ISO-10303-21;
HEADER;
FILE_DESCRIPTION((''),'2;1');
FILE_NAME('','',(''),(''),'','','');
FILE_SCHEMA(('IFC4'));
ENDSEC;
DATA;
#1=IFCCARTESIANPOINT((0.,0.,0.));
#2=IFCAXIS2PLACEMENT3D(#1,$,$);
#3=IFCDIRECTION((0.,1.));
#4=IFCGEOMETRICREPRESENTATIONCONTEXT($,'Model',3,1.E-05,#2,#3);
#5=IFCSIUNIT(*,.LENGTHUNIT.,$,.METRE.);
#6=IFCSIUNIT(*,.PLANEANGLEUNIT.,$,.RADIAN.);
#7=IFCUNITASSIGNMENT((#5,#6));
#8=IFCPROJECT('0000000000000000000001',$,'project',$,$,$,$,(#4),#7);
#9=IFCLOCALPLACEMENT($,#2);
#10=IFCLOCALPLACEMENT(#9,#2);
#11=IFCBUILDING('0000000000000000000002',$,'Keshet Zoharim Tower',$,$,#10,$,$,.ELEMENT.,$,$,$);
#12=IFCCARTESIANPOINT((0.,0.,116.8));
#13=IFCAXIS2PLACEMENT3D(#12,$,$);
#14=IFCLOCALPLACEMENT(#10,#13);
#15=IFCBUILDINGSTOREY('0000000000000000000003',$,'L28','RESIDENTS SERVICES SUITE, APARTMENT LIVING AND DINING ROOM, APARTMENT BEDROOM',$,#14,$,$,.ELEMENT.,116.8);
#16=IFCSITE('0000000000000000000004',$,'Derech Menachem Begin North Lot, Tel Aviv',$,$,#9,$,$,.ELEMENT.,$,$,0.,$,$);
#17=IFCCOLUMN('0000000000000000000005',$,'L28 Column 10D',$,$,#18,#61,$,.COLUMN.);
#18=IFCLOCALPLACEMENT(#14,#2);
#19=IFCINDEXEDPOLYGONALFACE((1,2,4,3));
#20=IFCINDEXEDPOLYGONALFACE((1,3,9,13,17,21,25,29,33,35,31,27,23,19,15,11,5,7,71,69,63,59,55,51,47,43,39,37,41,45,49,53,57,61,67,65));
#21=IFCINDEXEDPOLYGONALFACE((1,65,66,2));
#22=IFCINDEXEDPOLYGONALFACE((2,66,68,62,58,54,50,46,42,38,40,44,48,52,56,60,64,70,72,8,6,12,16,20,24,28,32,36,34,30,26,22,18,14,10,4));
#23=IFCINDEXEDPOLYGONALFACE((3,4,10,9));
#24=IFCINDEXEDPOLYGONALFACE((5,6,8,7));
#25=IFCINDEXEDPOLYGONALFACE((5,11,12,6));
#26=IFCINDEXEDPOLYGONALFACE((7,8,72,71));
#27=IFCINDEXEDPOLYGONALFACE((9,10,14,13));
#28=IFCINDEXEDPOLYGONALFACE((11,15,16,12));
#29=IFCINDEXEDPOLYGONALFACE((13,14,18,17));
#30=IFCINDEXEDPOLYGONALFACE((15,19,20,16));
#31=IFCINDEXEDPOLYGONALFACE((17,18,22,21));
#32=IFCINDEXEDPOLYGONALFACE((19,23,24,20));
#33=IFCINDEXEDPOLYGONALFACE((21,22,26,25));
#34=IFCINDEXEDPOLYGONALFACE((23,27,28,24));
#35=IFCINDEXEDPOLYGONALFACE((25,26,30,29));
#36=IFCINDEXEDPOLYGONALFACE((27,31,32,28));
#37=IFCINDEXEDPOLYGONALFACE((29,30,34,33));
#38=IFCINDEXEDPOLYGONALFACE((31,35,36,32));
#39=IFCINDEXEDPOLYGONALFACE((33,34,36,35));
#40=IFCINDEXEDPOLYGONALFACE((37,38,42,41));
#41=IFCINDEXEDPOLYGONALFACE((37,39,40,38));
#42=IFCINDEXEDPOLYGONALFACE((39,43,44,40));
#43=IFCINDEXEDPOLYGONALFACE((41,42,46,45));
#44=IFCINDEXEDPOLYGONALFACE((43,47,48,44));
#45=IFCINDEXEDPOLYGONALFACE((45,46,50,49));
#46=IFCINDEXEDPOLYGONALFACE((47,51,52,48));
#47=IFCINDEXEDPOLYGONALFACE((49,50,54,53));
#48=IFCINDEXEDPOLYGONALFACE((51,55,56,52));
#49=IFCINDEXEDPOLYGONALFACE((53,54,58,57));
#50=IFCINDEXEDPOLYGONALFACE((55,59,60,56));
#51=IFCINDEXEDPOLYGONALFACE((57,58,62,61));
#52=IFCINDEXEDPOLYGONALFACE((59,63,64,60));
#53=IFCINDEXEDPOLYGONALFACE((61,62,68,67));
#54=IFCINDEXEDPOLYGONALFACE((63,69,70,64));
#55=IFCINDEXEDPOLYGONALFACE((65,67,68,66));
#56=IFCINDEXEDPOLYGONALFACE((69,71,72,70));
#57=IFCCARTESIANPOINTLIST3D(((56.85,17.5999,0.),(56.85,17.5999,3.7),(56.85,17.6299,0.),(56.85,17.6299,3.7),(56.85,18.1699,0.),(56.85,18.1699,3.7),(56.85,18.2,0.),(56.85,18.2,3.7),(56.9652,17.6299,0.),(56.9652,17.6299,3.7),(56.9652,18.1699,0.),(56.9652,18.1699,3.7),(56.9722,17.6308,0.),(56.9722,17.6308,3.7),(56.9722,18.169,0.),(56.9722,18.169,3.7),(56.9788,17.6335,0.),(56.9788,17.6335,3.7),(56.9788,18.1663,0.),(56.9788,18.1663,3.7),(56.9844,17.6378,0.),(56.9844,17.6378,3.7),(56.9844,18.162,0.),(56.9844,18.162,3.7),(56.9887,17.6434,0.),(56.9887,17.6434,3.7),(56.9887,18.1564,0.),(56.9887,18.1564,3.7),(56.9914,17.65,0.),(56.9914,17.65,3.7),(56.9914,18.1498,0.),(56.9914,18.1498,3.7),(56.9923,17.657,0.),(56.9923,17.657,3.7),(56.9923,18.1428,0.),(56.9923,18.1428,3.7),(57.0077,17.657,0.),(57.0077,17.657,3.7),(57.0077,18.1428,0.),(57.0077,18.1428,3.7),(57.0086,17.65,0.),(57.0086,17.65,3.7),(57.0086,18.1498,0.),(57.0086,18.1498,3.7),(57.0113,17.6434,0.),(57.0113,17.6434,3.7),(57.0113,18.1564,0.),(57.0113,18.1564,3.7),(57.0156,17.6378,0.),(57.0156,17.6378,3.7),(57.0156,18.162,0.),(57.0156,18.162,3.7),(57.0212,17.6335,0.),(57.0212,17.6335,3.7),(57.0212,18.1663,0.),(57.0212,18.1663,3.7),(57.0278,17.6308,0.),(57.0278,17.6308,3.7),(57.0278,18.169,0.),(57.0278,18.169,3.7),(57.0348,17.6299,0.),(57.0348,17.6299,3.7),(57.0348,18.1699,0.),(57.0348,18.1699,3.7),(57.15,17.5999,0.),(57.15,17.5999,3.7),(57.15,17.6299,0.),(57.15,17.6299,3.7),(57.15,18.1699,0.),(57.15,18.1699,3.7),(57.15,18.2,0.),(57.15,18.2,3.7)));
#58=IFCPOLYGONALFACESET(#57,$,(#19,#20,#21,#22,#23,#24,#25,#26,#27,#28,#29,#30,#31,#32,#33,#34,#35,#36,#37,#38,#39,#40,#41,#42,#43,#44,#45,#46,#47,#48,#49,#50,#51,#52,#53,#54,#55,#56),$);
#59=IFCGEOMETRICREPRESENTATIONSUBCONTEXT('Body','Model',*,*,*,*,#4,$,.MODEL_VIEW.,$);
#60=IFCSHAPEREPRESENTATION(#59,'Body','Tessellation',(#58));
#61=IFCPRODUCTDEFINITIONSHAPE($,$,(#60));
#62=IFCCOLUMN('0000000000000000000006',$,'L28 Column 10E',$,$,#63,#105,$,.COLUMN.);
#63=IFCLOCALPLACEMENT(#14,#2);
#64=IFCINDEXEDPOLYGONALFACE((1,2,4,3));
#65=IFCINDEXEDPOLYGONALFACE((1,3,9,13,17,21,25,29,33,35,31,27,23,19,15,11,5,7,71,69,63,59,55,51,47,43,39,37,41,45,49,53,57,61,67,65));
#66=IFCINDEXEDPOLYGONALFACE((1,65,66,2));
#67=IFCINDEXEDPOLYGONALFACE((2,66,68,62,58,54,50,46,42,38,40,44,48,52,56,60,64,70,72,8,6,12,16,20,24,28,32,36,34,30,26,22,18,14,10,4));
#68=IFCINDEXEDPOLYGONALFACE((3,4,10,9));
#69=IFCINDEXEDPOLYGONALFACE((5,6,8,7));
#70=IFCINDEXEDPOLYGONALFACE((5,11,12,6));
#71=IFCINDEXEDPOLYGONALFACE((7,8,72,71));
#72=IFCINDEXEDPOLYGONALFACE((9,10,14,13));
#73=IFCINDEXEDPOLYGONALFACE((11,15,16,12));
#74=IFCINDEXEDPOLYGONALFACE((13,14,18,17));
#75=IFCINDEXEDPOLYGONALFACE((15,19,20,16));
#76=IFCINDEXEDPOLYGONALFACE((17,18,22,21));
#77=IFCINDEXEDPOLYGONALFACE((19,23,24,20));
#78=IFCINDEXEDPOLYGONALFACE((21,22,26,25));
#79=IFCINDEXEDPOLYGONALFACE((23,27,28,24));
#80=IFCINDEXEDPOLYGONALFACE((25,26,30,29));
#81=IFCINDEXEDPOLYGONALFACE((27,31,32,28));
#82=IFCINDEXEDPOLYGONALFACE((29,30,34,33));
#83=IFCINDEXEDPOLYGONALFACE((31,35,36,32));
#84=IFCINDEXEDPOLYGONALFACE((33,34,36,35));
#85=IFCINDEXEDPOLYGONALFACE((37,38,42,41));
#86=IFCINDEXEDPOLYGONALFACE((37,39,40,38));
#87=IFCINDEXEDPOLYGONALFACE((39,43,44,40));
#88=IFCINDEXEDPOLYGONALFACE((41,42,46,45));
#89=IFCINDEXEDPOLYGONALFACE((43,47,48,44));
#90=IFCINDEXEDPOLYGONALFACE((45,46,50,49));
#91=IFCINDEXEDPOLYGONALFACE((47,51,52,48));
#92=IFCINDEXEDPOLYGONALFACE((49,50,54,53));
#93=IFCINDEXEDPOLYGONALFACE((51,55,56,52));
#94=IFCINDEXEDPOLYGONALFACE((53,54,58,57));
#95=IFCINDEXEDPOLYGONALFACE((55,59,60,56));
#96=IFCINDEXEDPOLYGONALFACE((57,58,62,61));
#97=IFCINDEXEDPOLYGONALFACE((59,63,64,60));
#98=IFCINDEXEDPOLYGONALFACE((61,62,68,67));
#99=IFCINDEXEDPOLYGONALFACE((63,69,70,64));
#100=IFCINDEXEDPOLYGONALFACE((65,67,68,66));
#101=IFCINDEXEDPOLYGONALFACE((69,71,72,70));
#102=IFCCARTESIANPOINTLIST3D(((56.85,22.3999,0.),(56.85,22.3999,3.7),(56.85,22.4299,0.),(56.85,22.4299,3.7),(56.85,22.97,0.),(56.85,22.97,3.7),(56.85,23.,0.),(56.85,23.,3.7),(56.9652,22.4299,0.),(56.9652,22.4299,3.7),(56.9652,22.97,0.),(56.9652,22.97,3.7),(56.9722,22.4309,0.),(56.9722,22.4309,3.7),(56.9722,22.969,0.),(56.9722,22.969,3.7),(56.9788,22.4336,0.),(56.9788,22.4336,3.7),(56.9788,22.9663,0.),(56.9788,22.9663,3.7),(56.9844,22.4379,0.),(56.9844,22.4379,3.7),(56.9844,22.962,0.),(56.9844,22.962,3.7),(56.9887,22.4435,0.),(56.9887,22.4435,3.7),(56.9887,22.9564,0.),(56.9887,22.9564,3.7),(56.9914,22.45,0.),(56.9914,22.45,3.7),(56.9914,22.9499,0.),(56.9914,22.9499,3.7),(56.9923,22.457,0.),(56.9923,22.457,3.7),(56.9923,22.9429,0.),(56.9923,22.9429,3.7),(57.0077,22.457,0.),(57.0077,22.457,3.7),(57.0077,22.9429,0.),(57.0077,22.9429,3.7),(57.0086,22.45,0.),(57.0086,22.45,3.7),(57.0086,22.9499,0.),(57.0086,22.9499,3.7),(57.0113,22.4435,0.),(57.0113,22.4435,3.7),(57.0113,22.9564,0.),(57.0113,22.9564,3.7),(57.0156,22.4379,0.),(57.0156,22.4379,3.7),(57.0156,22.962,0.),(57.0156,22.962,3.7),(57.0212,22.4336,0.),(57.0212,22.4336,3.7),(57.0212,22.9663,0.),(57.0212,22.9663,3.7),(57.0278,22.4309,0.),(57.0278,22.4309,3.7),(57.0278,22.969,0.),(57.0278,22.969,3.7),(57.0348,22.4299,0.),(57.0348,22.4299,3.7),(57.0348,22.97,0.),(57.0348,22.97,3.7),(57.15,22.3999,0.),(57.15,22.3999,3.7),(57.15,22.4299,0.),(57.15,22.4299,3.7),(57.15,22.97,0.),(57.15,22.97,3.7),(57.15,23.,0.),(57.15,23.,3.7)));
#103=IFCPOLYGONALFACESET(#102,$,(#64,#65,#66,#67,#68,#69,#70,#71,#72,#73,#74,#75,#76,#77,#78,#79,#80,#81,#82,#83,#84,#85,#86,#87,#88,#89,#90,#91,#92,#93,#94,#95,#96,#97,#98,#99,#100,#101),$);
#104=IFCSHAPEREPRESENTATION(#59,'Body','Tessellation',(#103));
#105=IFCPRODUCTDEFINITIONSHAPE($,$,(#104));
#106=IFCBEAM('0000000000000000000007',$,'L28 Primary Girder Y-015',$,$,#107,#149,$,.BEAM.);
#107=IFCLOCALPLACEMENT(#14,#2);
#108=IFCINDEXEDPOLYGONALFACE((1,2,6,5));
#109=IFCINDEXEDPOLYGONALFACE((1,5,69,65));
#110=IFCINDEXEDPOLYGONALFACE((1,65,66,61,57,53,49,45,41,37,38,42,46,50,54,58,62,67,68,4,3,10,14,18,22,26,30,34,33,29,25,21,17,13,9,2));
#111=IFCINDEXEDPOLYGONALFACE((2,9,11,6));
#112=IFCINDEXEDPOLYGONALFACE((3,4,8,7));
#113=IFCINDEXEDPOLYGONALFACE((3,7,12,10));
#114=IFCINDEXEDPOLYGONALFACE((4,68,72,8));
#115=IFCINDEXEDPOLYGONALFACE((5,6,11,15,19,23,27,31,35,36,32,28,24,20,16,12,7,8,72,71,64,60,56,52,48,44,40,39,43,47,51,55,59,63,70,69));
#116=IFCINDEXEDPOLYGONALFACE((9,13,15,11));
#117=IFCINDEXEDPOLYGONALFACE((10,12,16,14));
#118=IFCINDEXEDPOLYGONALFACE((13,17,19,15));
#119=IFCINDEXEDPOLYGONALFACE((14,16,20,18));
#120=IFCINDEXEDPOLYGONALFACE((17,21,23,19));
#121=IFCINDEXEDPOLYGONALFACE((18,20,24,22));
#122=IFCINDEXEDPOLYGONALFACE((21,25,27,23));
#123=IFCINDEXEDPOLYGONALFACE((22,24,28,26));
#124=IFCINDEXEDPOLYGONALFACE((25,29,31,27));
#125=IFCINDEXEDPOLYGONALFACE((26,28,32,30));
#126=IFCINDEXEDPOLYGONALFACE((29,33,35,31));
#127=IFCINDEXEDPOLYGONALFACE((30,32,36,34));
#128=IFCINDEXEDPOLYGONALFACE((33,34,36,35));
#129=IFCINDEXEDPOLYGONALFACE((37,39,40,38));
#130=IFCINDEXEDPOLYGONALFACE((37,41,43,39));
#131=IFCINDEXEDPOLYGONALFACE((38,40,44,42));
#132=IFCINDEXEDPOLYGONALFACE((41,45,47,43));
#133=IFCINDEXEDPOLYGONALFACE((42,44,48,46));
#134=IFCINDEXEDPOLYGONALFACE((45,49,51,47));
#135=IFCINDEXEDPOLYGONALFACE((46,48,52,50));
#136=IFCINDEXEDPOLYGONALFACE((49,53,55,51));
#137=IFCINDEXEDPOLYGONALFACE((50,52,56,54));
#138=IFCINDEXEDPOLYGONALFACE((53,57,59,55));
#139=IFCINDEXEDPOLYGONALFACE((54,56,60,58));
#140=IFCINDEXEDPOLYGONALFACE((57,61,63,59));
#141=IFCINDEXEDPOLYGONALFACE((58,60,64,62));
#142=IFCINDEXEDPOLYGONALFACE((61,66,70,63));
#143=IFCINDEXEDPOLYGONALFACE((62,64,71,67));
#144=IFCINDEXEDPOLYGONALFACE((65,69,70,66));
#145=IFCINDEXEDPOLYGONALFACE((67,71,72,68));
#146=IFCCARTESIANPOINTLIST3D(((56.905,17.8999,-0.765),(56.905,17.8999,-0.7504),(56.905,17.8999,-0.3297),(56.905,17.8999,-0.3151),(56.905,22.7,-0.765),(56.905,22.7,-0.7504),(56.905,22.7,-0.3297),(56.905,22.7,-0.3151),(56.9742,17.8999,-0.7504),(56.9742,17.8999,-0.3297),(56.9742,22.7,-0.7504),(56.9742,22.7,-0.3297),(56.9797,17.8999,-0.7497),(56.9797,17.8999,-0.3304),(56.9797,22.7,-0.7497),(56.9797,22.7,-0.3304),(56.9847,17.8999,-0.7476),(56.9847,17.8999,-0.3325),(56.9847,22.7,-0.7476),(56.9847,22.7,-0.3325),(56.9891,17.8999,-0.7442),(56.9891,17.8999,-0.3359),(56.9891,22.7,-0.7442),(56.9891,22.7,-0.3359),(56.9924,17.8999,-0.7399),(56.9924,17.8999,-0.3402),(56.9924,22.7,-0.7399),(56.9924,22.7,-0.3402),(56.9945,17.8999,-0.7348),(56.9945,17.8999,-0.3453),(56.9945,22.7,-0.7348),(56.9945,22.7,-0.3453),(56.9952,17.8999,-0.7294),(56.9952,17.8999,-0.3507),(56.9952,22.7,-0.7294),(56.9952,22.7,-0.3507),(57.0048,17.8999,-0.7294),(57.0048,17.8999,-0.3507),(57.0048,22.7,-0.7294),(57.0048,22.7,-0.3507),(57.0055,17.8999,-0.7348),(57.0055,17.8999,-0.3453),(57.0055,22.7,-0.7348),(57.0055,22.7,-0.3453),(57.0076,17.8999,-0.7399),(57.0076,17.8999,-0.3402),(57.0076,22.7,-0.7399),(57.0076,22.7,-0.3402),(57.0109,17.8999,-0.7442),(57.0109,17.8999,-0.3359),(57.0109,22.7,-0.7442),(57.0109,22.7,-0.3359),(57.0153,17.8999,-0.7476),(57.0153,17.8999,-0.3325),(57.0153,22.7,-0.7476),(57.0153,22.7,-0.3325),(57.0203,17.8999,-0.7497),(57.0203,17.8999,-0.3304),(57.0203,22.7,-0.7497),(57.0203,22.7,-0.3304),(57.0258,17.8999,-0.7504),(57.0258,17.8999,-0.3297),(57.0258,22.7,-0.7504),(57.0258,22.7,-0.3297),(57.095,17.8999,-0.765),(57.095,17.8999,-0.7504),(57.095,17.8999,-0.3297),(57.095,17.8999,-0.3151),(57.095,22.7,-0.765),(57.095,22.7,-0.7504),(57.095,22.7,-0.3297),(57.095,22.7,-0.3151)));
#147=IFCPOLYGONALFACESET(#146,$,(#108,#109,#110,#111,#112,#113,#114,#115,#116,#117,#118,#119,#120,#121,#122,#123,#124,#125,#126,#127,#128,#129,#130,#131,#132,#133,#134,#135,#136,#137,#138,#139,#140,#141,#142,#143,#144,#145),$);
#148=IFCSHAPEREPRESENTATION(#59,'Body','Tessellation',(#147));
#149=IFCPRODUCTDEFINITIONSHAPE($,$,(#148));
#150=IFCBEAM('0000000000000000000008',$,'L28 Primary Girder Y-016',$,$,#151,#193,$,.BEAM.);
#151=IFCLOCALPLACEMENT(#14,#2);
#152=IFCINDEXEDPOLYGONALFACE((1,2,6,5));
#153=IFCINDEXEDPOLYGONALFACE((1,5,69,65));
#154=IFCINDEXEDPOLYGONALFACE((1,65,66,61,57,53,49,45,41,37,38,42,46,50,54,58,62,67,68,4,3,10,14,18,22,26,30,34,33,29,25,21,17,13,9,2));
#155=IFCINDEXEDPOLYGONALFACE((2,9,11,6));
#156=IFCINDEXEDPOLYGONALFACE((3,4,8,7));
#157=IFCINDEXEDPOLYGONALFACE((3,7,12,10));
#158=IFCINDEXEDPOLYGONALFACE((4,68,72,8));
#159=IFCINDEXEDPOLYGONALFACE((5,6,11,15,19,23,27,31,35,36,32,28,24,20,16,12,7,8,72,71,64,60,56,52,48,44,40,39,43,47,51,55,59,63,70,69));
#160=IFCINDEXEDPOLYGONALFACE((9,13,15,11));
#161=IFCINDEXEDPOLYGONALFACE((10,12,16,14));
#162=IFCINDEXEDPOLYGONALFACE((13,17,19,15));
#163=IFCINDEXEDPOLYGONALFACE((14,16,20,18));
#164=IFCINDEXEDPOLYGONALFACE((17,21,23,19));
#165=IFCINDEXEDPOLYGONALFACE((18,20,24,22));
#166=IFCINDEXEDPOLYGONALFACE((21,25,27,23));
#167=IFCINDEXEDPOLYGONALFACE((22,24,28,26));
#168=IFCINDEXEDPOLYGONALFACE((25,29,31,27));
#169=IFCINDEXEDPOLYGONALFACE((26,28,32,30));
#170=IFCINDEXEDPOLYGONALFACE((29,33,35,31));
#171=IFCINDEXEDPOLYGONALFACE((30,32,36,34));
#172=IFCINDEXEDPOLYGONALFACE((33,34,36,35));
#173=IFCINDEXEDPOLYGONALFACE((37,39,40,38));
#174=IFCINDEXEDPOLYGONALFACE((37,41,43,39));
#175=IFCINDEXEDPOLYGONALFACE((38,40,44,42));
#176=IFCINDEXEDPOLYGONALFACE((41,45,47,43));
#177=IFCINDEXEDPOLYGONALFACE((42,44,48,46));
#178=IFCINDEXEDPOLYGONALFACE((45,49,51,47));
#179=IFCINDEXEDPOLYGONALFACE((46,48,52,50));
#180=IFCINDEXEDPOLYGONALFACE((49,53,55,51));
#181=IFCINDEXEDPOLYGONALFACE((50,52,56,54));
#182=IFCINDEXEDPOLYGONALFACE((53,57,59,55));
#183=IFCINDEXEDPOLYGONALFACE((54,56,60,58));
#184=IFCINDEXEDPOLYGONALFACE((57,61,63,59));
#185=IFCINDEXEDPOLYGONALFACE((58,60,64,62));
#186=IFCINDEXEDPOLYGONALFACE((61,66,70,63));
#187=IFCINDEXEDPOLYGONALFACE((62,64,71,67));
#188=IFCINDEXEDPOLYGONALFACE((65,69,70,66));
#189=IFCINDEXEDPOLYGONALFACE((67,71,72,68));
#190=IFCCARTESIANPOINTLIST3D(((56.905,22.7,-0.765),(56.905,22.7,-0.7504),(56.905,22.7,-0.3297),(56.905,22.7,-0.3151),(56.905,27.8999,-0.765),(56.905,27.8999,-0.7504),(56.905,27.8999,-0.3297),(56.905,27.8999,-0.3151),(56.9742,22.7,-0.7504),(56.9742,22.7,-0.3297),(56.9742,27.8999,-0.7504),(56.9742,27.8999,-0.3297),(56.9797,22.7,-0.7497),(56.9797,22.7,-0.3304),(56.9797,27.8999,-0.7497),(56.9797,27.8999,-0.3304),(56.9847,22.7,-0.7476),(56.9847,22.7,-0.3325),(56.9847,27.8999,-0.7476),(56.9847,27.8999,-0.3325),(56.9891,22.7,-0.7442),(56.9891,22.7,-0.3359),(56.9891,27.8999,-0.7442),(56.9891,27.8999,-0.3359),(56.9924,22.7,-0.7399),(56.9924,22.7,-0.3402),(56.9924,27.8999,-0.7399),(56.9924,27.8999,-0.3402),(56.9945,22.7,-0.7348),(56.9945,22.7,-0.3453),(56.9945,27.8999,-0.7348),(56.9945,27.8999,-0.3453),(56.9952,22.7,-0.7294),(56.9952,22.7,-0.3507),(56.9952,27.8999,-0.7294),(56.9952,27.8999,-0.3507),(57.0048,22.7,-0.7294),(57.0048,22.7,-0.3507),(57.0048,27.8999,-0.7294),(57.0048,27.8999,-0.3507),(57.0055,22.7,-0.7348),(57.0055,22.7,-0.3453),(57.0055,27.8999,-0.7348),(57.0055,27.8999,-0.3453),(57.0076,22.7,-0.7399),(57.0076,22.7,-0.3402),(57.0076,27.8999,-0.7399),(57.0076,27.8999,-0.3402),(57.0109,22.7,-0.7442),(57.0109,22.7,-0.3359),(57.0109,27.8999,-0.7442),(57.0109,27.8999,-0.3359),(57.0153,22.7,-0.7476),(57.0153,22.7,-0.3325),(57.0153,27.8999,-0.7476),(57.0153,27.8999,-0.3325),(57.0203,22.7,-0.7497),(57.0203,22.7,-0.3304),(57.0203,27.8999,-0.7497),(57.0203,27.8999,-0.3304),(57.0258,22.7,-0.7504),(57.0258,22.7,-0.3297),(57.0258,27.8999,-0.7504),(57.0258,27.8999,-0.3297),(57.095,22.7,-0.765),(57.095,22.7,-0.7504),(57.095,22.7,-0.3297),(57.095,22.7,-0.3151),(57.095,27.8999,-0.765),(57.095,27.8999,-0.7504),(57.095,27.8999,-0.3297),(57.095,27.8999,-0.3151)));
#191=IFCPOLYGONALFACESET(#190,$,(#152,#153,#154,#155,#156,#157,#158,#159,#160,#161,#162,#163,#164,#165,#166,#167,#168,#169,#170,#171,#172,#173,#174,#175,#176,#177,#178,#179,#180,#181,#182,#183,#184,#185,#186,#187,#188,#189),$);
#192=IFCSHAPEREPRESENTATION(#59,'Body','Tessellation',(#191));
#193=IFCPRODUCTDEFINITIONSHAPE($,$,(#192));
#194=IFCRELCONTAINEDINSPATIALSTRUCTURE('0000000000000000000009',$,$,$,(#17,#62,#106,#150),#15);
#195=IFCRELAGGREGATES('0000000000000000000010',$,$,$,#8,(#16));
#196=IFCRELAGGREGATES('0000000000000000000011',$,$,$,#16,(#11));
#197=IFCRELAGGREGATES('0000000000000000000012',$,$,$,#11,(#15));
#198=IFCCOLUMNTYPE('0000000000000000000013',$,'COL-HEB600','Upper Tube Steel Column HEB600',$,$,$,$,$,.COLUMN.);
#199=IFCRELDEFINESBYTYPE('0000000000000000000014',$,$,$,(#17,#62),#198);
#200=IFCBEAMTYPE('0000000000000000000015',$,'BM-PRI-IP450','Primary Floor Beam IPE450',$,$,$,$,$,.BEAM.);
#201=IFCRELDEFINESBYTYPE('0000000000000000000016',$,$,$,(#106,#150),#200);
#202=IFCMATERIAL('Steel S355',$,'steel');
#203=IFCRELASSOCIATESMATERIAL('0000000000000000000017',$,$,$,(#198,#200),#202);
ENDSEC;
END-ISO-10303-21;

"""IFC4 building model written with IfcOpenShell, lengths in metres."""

from ifc_helpers import new_model, si_unit, direction, frame, origin, origin_2d, place, context, subcontext, project, spatial, i_section, extrude, material, material_profile, profile_set, type_object, element, save


model = new_model("IFC4")

# Units and contexts
model_context = context("Model", 3, precision=1e-05, world=origin(), true_north=direction((0.0, 1.0)))
body_context = subcontext(model_context, "Body", "Model", "MODEL_VIEW")
ifc_project = project(units=[si_unit("LENGTHUNIT", "METRE"), si_unit("PLANEANGLEUNIT", "RADIAN")], contexts=[model_context])

# Site, building, storey
site_placement = place(None, origin())
site = spatial("IfcSite", under=ifc_project, at=site_placement, Name="Derech Menachem Begin North Lot, Tel Aviv", CompositionType="ELEMENT", RefElevation=0.0)
building_placement = place(site_placement, origin())
building = spatial("IfcBuilding", under=site, at=building_placement, Name="Keshet Zoharim Tower", CompositionType="ELEMENT")
storey_placement = place(building_placement, frame((0.0, 0.0, 116.8)))
storey = spatial("IfcBuildingStorey", under=building, at=storey_placement, Name="L28", Description="RESIDENTS SERVICES SUITE, APARTMENT LIVING AND DINING ROOM, APARTMENT BEDROOM", CompositionType="ELEMENT", Elevation=116.8)

# Columns
ifc_material_1 = material(Name="Steel S355", Category="steel")
ifc_material_profile_1 = material_profile(ifc_material_1, i_section(OverallWidth=0.3, OverallDepth=0.6001, WebThickness=0.0154, FlangeThickness=0.03, FilletRadius=0.0271, at=origin_2d()), Name="HEB600")
ifc_profile_set_1 = profile_set([ifc_material_profile_1], Name="Steel S355")
column_type = type_object("IfcColumnType", Name="COL-HEB600", Description="Upper Tube Steel Column HEB600", PredefinedType="COLUMN", material=ifc_profile_set_1)
for number, where, z_axis, x_axis, name in (
    (1, (57.0, 17.8999, 0.0), (0.0, 0.0, 1.0), (1.0, 0.0, 0.0), "L28 Column 10D"),
    (2, (57.0, 22.7, 0.0), (0.0, 0.0, 1.0), (1.0, 0.0, 0.0), "L28 Column 10E"),
):
    element("IfcColumn", number, at=place(storey_placement, frame(where, z_axis=z_axis, x_axis=x_axis)), inside=storey, type_object=column_type, Name=name, PredefinedType="COLUMN", context=body_context, shape_type="SweptSolid", body=[
        extrude(i_section(OverallWidth=0.3, OverallDepth=0.6001, WebThickness=0.0154, FlangeThickness=0.03, FilletRadius=0.0271, at=origin_2d()), origin(), (0.0, 0.0, 1.0), 3.7),
    ])

# Beams
ifc_material_profile_2 = material_profile(ifc_material_1, i_section(OverallWidth=0.1899, OverallDepth=0.45, WebThickness=0.0095, FlangeThickness=0.0146, FilletRadius=0.021, at=origin_2d()), Name="IPE450")
ifc_profile_set_2 = profile_set([ifc_material_profile_2], Name="Steel S355")
beam_type = type_object("IfcBeamType", Name="BM-PRI-IP450", Description="Primary Floor Beam IPE450", PredefinedType="BEAM", material=ifc_profile_set_2)
beam_1_placement = place(storey_placement, frame((57.0, 17.8999, -0.54), z_axis=(0.0, 1.0, 0.0), x_axis=(-1.0, 0.0, 0.0)))
element("IfcBeam", 3, at=beam_1_placement, inside=storey, type_object=beam_type, Name="L28 Primary Girder Y-015", PredefinedType="BEAM", context=body_context, shape_type="SweptSolid", body=[
    extrude(i_section(OverallWidth=0.1899, OverallDepth=0.45, WebThickness=0.0095, FlangeThickness=0.0146, FilletRadius=0.021, at=origin_2d()), origin(), (0.0, 0.0, 1.0), 4.8),
])
beam_2_placement = place(storey_placement, frame((57.0, 22.7, -0.54), z_axis=(0.0, 1.0, 0.0), x_axis=(-1.0, 0.0, 0.0)))
element("IfcBeam", 4, at=beam_2_placement, inside=storey, type_object=beam_type, Name="L28 Primary Girder Y-016", PredefinedType="BEAM", context=body_context, shape_type="SweptSolid", body=[
    extrude(i_section(OverallWidth=0.1899, OverallDepth=0.45, WebThickness=0.0095, FlangeThickness=0.0146, FilletRadius=0.021, at=origin_2d()), origin(), (0.0, 0.0, 1.0), 5.2),
])

save(model, "model.ifc")
